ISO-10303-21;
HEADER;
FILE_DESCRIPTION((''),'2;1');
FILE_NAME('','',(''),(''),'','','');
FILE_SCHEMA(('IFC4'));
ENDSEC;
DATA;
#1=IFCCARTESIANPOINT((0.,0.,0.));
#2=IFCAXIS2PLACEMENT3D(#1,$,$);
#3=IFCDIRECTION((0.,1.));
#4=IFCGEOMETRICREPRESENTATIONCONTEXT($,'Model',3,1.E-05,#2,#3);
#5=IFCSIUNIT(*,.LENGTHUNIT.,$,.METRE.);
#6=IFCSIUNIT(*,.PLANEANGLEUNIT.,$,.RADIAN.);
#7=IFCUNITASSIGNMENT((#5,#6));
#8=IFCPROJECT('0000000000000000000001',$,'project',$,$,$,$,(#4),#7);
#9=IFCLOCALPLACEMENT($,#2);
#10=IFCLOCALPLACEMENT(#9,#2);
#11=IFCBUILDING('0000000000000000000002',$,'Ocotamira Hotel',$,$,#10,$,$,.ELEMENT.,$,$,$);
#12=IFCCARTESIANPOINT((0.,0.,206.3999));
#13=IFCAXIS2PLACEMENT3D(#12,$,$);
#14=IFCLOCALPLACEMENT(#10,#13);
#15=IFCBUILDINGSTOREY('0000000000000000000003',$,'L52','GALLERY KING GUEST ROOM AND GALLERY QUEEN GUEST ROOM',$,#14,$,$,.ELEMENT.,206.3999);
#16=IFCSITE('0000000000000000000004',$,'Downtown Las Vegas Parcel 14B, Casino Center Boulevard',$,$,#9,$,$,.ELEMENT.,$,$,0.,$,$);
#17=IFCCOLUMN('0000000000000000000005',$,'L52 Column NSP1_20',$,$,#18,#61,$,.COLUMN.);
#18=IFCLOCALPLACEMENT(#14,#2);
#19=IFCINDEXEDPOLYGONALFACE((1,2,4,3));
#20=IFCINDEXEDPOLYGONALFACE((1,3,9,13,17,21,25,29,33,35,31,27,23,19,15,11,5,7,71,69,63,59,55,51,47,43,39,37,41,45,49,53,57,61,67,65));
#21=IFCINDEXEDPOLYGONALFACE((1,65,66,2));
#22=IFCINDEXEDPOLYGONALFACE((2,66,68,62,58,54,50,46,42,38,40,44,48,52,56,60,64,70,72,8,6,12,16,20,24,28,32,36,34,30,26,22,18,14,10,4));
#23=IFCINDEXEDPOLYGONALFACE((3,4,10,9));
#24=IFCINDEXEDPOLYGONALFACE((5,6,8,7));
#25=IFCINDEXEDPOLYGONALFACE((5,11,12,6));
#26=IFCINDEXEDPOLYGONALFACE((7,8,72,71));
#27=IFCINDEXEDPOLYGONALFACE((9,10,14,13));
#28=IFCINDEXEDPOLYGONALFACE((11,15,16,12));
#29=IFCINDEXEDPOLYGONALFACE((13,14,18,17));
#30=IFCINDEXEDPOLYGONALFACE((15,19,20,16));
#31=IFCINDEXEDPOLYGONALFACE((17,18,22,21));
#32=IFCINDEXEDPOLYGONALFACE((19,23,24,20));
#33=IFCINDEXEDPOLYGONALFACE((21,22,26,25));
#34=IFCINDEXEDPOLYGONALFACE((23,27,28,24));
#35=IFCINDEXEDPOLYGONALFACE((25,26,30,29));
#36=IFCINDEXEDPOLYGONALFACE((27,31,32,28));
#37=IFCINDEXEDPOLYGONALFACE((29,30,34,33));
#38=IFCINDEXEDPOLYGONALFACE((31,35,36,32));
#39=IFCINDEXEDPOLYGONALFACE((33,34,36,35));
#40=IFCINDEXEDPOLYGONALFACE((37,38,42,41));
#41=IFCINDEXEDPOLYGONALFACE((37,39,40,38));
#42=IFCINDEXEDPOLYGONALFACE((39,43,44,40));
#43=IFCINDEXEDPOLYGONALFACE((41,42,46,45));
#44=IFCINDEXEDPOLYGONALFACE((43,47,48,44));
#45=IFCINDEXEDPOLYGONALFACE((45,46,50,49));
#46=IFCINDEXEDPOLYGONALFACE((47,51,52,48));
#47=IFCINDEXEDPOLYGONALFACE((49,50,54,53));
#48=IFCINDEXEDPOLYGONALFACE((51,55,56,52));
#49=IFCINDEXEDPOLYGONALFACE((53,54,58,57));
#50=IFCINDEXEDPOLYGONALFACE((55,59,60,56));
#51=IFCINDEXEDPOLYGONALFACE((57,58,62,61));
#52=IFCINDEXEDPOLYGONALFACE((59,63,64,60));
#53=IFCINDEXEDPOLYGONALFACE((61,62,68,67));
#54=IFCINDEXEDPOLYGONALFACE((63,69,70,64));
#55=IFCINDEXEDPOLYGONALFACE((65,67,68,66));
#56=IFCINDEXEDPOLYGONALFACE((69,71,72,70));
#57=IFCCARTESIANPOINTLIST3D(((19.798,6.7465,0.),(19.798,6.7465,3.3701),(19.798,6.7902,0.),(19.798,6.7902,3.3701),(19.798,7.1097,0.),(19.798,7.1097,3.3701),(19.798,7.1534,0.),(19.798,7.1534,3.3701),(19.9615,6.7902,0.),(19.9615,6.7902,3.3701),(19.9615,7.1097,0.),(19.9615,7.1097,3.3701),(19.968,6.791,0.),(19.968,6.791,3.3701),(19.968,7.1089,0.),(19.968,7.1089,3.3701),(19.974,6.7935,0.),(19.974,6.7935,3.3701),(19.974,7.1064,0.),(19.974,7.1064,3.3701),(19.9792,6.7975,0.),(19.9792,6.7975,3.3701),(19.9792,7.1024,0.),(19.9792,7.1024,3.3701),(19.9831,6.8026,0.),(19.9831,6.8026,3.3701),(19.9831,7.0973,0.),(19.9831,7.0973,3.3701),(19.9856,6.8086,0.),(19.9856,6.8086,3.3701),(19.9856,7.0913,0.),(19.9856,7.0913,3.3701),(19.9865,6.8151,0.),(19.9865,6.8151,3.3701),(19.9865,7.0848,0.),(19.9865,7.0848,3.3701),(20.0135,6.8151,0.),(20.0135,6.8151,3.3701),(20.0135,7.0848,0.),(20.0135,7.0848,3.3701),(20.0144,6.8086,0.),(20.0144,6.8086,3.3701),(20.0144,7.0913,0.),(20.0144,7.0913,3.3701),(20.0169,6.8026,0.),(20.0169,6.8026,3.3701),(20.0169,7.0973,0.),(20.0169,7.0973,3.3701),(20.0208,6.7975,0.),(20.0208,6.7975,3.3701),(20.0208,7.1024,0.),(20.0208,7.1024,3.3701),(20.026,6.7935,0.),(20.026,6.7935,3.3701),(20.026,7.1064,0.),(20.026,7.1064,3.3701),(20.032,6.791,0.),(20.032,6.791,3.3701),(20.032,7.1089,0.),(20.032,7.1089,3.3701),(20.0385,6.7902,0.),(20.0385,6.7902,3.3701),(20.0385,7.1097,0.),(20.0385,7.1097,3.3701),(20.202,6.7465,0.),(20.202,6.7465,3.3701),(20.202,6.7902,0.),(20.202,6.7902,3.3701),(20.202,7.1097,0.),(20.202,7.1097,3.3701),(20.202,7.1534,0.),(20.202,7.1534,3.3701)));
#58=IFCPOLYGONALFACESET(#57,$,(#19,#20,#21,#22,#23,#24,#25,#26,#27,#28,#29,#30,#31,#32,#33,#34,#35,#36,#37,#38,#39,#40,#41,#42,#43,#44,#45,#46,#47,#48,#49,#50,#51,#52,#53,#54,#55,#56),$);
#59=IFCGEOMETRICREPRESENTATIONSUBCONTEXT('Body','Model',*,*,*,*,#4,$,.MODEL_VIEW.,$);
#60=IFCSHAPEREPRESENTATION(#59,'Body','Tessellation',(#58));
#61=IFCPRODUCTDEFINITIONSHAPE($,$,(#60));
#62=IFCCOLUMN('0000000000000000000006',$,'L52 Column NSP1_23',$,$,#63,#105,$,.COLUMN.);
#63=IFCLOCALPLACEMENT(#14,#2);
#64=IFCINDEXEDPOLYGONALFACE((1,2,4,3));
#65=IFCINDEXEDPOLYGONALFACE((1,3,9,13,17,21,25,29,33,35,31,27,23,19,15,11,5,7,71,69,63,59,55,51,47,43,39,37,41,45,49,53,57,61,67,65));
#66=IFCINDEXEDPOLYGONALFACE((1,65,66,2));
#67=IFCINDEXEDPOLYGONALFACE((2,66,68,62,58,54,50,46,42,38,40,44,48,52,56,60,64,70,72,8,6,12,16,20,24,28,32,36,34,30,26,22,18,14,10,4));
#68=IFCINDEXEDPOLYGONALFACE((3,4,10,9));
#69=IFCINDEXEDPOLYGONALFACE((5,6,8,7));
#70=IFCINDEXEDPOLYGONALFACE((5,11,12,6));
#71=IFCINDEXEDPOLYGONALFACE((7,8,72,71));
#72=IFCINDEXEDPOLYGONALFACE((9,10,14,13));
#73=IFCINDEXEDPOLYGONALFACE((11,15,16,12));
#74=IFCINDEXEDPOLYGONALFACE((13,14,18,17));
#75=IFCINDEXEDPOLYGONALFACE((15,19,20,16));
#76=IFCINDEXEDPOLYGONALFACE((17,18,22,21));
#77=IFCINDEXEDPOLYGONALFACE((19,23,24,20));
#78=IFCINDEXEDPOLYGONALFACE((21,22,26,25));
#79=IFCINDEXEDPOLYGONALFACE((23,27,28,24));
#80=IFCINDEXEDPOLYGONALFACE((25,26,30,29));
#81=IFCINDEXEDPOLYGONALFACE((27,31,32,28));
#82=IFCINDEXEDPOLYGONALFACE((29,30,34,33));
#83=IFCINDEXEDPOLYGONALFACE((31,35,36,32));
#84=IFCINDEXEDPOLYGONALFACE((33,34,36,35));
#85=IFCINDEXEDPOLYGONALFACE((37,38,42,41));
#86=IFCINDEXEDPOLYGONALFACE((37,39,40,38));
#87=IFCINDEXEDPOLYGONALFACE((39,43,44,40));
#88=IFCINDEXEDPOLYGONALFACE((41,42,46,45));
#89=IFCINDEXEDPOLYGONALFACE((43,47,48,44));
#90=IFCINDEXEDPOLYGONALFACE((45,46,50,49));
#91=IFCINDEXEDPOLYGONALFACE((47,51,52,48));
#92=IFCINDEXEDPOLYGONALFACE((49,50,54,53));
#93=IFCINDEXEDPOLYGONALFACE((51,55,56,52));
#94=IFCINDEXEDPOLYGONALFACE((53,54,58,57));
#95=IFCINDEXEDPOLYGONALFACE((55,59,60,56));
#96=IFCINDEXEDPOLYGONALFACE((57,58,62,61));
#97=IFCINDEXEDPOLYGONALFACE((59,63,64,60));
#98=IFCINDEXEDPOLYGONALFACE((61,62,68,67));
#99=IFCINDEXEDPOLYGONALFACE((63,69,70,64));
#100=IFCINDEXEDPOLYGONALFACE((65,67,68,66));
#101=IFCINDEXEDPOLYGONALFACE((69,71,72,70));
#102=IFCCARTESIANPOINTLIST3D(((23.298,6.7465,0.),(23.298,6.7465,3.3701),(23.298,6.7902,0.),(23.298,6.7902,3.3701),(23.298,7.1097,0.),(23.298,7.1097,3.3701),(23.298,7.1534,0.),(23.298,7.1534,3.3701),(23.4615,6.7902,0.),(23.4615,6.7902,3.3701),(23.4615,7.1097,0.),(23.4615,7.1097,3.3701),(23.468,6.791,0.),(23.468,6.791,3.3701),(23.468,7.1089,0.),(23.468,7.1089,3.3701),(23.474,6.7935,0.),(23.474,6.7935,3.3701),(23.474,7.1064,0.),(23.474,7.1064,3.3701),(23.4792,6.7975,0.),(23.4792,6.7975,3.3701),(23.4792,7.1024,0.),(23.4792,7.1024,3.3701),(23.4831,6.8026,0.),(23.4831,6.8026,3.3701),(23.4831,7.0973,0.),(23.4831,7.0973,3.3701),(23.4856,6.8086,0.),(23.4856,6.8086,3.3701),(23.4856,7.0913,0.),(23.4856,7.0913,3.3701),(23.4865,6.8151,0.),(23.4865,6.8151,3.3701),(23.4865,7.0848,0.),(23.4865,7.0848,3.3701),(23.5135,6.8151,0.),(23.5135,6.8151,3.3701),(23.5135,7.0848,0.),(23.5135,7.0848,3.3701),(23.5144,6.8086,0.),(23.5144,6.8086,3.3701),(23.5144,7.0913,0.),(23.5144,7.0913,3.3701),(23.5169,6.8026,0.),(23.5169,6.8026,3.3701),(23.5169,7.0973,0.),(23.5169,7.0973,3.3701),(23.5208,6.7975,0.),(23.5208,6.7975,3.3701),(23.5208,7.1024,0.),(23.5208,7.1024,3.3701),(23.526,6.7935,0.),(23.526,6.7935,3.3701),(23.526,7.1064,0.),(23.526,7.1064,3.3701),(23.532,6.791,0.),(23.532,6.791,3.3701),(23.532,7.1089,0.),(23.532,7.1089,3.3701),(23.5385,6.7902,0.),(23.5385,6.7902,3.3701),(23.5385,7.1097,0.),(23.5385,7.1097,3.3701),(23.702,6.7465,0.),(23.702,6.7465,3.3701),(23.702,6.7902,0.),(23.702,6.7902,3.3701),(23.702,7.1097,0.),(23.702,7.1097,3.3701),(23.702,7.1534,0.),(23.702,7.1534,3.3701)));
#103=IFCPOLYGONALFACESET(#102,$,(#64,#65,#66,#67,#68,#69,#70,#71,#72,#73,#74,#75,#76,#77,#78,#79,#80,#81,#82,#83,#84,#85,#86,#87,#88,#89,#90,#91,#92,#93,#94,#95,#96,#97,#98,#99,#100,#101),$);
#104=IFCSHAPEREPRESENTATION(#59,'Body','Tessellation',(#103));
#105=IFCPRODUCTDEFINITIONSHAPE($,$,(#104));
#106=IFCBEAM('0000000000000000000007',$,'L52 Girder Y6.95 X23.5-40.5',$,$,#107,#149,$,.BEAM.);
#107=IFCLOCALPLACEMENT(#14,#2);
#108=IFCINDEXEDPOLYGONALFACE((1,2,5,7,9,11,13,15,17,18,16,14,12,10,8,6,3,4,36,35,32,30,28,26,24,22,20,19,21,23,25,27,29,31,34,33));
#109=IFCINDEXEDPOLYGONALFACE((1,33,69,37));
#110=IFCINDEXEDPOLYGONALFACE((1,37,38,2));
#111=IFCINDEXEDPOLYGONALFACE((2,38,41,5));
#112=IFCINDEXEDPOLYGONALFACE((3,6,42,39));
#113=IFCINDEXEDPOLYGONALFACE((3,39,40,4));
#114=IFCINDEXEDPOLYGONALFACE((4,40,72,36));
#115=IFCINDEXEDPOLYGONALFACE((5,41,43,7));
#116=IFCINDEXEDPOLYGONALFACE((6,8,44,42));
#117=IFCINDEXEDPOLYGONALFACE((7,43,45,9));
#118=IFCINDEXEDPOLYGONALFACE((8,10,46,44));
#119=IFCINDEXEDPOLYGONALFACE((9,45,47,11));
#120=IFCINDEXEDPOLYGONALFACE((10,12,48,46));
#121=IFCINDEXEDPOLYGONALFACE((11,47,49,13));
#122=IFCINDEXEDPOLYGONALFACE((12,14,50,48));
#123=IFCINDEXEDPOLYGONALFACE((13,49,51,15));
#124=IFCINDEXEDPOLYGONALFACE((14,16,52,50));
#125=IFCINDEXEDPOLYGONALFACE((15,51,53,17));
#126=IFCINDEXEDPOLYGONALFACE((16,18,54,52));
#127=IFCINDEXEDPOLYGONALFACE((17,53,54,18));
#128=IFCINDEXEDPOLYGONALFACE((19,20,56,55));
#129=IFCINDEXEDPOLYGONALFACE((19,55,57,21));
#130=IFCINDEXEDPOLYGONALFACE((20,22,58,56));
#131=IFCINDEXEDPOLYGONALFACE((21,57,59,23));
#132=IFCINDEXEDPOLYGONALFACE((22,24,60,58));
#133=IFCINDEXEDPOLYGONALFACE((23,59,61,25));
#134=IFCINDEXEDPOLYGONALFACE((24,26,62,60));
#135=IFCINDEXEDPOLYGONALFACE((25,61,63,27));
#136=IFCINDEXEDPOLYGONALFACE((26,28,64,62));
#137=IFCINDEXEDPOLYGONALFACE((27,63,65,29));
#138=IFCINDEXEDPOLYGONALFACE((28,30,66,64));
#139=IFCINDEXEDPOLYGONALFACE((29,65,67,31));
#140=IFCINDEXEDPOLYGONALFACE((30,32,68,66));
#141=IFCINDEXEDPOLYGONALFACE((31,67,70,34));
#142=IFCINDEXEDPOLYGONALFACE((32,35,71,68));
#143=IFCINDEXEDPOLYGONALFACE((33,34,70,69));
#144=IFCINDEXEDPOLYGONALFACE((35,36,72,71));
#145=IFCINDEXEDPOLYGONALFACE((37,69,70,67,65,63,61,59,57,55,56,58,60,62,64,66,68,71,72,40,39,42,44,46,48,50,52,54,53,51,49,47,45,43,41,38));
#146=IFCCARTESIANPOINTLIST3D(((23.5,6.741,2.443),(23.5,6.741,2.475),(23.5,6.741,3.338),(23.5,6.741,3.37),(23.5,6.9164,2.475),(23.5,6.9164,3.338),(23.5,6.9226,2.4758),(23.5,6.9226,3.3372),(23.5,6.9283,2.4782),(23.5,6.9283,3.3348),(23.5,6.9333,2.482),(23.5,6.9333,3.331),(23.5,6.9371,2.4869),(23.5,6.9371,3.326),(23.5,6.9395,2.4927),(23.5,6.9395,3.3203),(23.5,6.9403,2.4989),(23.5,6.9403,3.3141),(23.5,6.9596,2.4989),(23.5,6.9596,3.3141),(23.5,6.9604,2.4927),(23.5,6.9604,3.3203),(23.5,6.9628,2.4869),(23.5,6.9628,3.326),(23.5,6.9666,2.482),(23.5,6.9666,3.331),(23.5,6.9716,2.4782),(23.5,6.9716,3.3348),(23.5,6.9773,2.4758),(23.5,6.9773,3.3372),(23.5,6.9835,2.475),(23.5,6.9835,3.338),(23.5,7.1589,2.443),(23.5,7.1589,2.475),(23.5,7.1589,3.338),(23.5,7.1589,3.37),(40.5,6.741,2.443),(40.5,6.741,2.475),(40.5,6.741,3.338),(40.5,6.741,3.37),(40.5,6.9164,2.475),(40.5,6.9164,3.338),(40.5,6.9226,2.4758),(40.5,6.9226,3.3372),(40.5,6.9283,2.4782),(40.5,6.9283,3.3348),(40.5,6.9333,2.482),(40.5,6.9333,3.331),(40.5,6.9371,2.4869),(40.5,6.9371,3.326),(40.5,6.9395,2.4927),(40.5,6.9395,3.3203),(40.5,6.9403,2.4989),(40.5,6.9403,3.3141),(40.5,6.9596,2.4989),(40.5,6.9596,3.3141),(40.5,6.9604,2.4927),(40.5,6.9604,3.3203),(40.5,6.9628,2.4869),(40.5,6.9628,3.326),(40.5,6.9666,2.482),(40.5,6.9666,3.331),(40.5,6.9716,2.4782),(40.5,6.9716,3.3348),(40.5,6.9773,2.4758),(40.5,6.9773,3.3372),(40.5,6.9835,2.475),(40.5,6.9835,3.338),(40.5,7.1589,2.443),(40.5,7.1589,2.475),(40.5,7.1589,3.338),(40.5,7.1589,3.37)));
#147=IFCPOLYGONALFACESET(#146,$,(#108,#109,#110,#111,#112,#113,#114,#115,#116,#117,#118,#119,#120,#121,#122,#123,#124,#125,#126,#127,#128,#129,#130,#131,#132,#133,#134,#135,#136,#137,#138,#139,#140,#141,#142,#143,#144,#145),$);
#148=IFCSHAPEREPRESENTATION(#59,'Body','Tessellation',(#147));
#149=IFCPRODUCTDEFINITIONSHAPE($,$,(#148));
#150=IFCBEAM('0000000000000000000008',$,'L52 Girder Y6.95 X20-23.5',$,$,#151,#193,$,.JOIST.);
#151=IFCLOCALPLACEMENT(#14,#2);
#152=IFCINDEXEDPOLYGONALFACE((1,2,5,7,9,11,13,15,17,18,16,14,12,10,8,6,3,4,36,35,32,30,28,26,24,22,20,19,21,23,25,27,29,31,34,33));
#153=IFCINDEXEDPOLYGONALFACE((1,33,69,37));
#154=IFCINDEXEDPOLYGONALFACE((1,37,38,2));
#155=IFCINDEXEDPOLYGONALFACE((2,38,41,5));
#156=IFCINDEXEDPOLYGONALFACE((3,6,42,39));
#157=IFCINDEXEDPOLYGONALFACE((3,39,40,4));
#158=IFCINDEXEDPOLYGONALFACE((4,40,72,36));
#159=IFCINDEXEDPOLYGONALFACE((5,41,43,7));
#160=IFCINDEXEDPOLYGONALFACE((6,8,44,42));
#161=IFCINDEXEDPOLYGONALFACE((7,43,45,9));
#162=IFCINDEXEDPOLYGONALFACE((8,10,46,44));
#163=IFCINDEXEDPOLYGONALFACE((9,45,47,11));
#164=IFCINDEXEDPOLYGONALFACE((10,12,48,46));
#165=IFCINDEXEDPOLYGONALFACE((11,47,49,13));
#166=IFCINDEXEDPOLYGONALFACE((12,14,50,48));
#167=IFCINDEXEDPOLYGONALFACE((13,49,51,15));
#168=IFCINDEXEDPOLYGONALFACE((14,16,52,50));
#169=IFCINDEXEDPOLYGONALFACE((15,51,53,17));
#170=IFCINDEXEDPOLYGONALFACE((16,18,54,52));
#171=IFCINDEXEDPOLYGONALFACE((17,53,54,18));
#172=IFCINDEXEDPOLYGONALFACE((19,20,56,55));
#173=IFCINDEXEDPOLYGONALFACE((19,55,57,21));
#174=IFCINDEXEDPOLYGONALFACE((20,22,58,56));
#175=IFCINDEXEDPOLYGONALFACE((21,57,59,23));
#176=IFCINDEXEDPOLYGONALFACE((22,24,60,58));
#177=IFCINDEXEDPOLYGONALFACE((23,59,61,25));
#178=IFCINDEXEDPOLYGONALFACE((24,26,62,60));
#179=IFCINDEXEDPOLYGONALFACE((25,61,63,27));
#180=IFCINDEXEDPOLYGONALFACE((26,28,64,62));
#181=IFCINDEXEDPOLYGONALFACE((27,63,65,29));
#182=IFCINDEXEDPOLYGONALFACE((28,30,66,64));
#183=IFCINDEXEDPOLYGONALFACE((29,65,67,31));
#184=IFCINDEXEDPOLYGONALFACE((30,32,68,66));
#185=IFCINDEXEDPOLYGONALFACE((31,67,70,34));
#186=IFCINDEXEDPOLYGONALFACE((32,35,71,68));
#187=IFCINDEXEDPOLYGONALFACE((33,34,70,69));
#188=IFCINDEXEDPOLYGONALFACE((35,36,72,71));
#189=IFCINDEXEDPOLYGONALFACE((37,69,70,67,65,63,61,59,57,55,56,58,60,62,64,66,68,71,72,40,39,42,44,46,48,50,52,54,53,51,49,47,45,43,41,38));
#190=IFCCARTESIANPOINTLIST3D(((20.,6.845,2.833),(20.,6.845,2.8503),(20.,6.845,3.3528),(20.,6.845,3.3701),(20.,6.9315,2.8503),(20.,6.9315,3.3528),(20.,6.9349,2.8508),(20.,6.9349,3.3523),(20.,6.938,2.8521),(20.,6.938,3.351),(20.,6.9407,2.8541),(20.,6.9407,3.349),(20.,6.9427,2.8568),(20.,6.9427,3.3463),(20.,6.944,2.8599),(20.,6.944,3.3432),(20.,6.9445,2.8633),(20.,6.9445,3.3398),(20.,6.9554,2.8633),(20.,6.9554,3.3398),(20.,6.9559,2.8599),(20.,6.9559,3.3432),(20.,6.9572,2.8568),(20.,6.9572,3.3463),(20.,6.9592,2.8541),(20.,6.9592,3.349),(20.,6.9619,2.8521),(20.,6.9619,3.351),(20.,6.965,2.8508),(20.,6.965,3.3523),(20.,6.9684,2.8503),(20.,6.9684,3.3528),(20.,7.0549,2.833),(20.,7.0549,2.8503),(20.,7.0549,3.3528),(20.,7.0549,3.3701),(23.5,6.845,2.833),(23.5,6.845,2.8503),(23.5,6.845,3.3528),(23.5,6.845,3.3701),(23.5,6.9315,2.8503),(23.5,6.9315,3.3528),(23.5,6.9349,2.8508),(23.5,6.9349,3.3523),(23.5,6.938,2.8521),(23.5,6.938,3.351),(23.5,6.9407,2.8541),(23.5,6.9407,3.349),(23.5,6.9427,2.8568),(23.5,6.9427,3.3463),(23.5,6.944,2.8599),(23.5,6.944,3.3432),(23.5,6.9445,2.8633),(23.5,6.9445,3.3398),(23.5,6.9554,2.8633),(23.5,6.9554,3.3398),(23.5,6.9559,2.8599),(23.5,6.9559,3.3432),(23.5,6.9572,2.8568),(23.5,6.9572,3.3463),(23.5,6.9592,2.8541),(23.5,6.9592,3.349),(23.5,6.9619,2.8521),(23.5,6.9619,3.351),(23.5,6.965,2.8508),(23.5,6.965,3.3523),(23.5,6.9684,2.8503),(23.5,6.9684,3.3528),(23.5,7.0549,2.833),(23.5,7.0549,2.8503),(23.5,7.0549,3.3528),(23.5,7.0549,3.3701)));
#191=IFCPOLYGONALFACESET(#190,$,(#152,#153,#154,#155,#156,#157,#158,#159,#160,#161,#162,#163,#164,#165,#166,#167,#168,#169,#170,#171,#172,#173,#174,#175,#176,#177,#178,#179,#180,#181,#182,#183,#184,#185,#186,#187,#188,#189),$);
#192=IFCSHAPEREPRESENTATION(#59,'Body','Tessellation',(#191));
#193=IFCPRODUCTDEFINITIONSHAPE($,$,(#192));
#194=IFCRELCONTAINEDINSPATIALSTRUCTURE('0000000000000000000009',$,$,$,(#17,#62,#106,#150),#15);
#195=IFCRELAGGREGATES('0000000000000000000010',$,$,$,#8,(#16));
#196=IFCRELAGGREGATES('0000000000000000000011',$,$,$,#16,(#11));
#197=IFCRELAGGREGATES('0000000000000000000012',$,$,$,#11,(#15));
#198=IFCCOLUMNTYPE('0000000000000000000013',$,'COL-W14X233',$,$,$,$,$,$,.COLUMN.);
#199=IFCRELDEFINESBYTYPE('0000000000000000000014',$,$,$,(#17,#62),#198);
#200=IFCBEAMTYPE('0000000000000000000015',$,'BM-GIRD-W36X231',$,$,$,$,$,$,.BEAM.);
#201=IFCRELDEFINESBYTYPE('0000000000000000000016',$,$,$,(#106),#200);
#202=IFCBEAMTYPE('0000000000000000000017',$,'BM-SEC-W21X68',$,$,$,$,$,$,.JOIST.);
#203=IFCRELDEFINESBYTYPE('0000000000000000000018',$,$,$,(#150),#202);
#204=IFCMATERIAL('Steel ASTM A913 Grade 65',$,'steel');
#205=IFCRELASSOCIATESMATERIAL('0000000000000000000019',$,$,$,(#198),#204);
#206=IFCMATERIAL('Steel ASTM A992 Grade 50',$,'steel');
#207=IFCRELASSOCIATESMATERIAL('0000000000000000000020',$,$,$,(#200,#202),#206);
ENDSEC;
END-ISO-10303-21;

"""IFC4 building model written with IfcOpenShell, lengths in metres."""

from ifc_helpers import new_model, si_unit, direction, frame, origin, origin_2d, place, context, subcontext, project, spatial, i_section, extrude, source, transform, mapped, material, material_profile, profile_set, type_object, element, save


model = new_model("IFC4")

# Units and contexts
model_context = context("Model", 3, precision=1e-05, world=origin(), true_north=direction((0.0, 1.0)))
body_context = subcontext(model_context, "Body", "Model", "MODEL_VIEW")
ifc_project = project(units=[si_unit("LENGTHUNIT", "METRE"), si_unit("PLANEANGLEUNIT", "RADIAN")], contexts=[model_context])

# Site, building, storey
site_placement = place(None, origin())
site = spatial("IfcSite", under=ifc_project, at=site_placement, Name="Downtown Las Vegas Parcel 14B, Casino Center Boulevard", CompositionType="ELEMENT", RefElevation=0.0)
building_placement = place(site_placement, origin())
building = spatial("IfcBuilding", under=site, at=building_placement, Name="Ocotamira Hotel", CompositionType="ELEMENT")
storey_placement = place(building_placement, frame((0.0, 0.0, 206.3999)))
storey = spatial("IfcBuildingStorey", under=building, at=storey_placement, Name="L52", Description="GALLERY KING GUEST ROOM AND GALLERY QUEEN GUEST ROOM", CompositionType="ELEMENT", Elevation=206.3999)

# Columns
ifc_material_1 = material(Name="Steel ASTM A913 Grade 65", Category="steel")
ifc_material_profile_1 = material_profile(ifc_material_1, i_section(OverallWidth=0.4041, OverallDepth=0.407, WebThickness=0.0271, FlangeThickness=0.0437, FilletRadius=0.0249, at=origin_2d()), Name="W14X233")
ifc_profile_set_1 = profile_set([ifc_material_profile_1], Name="Steel ASTM A913 Grade 65")
column_type = type_object("IfcColumnType", Name="COL-W14X233", PredefinedType="COLUMN", material=ifc_profile_set_1)
shared_shape_1 = source(origin(), body_context, "Body", "SweptSolid", [
    extrude(i_section(OverallWidth=0.4041, OverallDepth=0.407, WebThickness=0.0271, FlangeThickness=0.0437, FilletRadius=0.0249, at=origin_2d()), origin(), (0.0, 0.0, 1.0), 3.3701),
])
for number, where, z_axis, x_axis, name in (
    (1, (20.0, 6.95, 0.0), (0.0, 0.0, 1.0), (1.0, 0.0, 0.0), "L52 Column NSP1_20"),
    (2, (23.5, 6.95, 0.0), (0.0, 0.0, 1.0), (1.0, 0.0, 0.0), "L52 Column NSP1_23"),
):
    element("IfcColumn", number, at=place(storey_placement, frame(where, z_axis=z_axis, x_axis=x_axis)), inside=storey, type_object=column_type, Name=name, PredefinedType="COLUMN", context=body_context, shape_type="MappedRepresentation", body=[
        mapped(shared_shape_1, transform((0.0, 0.0, 0.0), scale=1.0)),
    ])

# Beams
ifc_material_2 = material(Name="Steel ASTM A992 Grade 50", Category="steel")
ifc_material_profile_2 = material_profile(ifc_material_2, i_section(OverallWidth=0.418, OverallDepth=0.927, WebThickness=0.0193, FlangeThickness=0.032, FilletRadius=0.0239, at=origin_2d()), Name="W36X231")
ifc_profile_set_2 = profile_set([ifc_material_profile_2], Name="Steel ASTM A992 Grade 50")
beam_type_1 = type_object("IfcBeamType", Name="BM-GIRD-W36X231", PredefinedType="BEAM", material=ifc_profile_set_2)
shared_shape_2 = source(origin(), body_context, "Body", "SweptSolid", [
    extrude(i_section(OverallWidth=0.418, OverallDepth=0.927, WebThickness=0.0193, FlangeThickness=0.032, FilletRadius=0.0239, at=origin_2d()), origin(), (0.0, 0.0, 1.0), 17.0),
])
beam_1_placement = place(storey_placement, frame((23.5, 6.95, 2.9065), z_axis=(1.0, 0.0, 0.0), x_axis=(0.0, 1.0, 0.0)))
element("IfcBeam", 3, at=beam_1_placement, inside=storey, type_object=beam_type_1, Name="L52 Girder Y6.95 X23.5-40.5", PredefinedType="BEAM", context=body_context, shape_type="MappedRepresentation", body=[
    mapped(shared_shape_2, transform((0.0, 0.0, 0.0), scale=1.0)),
])
ifc_material_profile_3 = material_profile(ifc_material_2, i_section(OverallWidth=0.21, OverallDepth=0.5371, WebThickness=0.011, FlangeThickness=0.0173, FilletRadius=0.0129, at=origin_2d()), Name="W21X68")
ifc_profile_set_3 = profile_set([ifc_material_profile_3], Name="Steel ASTM A992 Grade 50")
beam_type_2 = type_object("IfcBeamType", Name="BM-SEC-W21X68", PredefinedType="JOIST", material=ifc_profile_set_3)
shared_shape_3 = source(origin(), body_context, "Body", "SweptSolid", [
    extrude(i_section(OverallWidth=0.21, OverallDepth=0.5371, WebThickness=0.011, FlangeThickness=0.0173, FilletRadius=0.0129, at=origin_2d()), origin(), (0.0, 0.0, 1.0), 3.5),
])
beam_2_placement = place(storey_placement, frame((20.0, 6.95, 3.1016), z_axis=(1.0, 0.0, 0.0), x_axis=(0.0, 1.0, 0.0)))
element("IfcBeam", 4, at=beam_2_placement, inside=storey, type_object=beam_type_2, Name="L52 Girder Y6.95 X20-23.5", PredefinedType="JOIST", context=body_context, shape_type="MappedRepresentation", body=[
    mapped(shared_shape_3, transform((0.0, 0.0, 0.0), scale=1.0)),
])

save(model, "model.ifc")
